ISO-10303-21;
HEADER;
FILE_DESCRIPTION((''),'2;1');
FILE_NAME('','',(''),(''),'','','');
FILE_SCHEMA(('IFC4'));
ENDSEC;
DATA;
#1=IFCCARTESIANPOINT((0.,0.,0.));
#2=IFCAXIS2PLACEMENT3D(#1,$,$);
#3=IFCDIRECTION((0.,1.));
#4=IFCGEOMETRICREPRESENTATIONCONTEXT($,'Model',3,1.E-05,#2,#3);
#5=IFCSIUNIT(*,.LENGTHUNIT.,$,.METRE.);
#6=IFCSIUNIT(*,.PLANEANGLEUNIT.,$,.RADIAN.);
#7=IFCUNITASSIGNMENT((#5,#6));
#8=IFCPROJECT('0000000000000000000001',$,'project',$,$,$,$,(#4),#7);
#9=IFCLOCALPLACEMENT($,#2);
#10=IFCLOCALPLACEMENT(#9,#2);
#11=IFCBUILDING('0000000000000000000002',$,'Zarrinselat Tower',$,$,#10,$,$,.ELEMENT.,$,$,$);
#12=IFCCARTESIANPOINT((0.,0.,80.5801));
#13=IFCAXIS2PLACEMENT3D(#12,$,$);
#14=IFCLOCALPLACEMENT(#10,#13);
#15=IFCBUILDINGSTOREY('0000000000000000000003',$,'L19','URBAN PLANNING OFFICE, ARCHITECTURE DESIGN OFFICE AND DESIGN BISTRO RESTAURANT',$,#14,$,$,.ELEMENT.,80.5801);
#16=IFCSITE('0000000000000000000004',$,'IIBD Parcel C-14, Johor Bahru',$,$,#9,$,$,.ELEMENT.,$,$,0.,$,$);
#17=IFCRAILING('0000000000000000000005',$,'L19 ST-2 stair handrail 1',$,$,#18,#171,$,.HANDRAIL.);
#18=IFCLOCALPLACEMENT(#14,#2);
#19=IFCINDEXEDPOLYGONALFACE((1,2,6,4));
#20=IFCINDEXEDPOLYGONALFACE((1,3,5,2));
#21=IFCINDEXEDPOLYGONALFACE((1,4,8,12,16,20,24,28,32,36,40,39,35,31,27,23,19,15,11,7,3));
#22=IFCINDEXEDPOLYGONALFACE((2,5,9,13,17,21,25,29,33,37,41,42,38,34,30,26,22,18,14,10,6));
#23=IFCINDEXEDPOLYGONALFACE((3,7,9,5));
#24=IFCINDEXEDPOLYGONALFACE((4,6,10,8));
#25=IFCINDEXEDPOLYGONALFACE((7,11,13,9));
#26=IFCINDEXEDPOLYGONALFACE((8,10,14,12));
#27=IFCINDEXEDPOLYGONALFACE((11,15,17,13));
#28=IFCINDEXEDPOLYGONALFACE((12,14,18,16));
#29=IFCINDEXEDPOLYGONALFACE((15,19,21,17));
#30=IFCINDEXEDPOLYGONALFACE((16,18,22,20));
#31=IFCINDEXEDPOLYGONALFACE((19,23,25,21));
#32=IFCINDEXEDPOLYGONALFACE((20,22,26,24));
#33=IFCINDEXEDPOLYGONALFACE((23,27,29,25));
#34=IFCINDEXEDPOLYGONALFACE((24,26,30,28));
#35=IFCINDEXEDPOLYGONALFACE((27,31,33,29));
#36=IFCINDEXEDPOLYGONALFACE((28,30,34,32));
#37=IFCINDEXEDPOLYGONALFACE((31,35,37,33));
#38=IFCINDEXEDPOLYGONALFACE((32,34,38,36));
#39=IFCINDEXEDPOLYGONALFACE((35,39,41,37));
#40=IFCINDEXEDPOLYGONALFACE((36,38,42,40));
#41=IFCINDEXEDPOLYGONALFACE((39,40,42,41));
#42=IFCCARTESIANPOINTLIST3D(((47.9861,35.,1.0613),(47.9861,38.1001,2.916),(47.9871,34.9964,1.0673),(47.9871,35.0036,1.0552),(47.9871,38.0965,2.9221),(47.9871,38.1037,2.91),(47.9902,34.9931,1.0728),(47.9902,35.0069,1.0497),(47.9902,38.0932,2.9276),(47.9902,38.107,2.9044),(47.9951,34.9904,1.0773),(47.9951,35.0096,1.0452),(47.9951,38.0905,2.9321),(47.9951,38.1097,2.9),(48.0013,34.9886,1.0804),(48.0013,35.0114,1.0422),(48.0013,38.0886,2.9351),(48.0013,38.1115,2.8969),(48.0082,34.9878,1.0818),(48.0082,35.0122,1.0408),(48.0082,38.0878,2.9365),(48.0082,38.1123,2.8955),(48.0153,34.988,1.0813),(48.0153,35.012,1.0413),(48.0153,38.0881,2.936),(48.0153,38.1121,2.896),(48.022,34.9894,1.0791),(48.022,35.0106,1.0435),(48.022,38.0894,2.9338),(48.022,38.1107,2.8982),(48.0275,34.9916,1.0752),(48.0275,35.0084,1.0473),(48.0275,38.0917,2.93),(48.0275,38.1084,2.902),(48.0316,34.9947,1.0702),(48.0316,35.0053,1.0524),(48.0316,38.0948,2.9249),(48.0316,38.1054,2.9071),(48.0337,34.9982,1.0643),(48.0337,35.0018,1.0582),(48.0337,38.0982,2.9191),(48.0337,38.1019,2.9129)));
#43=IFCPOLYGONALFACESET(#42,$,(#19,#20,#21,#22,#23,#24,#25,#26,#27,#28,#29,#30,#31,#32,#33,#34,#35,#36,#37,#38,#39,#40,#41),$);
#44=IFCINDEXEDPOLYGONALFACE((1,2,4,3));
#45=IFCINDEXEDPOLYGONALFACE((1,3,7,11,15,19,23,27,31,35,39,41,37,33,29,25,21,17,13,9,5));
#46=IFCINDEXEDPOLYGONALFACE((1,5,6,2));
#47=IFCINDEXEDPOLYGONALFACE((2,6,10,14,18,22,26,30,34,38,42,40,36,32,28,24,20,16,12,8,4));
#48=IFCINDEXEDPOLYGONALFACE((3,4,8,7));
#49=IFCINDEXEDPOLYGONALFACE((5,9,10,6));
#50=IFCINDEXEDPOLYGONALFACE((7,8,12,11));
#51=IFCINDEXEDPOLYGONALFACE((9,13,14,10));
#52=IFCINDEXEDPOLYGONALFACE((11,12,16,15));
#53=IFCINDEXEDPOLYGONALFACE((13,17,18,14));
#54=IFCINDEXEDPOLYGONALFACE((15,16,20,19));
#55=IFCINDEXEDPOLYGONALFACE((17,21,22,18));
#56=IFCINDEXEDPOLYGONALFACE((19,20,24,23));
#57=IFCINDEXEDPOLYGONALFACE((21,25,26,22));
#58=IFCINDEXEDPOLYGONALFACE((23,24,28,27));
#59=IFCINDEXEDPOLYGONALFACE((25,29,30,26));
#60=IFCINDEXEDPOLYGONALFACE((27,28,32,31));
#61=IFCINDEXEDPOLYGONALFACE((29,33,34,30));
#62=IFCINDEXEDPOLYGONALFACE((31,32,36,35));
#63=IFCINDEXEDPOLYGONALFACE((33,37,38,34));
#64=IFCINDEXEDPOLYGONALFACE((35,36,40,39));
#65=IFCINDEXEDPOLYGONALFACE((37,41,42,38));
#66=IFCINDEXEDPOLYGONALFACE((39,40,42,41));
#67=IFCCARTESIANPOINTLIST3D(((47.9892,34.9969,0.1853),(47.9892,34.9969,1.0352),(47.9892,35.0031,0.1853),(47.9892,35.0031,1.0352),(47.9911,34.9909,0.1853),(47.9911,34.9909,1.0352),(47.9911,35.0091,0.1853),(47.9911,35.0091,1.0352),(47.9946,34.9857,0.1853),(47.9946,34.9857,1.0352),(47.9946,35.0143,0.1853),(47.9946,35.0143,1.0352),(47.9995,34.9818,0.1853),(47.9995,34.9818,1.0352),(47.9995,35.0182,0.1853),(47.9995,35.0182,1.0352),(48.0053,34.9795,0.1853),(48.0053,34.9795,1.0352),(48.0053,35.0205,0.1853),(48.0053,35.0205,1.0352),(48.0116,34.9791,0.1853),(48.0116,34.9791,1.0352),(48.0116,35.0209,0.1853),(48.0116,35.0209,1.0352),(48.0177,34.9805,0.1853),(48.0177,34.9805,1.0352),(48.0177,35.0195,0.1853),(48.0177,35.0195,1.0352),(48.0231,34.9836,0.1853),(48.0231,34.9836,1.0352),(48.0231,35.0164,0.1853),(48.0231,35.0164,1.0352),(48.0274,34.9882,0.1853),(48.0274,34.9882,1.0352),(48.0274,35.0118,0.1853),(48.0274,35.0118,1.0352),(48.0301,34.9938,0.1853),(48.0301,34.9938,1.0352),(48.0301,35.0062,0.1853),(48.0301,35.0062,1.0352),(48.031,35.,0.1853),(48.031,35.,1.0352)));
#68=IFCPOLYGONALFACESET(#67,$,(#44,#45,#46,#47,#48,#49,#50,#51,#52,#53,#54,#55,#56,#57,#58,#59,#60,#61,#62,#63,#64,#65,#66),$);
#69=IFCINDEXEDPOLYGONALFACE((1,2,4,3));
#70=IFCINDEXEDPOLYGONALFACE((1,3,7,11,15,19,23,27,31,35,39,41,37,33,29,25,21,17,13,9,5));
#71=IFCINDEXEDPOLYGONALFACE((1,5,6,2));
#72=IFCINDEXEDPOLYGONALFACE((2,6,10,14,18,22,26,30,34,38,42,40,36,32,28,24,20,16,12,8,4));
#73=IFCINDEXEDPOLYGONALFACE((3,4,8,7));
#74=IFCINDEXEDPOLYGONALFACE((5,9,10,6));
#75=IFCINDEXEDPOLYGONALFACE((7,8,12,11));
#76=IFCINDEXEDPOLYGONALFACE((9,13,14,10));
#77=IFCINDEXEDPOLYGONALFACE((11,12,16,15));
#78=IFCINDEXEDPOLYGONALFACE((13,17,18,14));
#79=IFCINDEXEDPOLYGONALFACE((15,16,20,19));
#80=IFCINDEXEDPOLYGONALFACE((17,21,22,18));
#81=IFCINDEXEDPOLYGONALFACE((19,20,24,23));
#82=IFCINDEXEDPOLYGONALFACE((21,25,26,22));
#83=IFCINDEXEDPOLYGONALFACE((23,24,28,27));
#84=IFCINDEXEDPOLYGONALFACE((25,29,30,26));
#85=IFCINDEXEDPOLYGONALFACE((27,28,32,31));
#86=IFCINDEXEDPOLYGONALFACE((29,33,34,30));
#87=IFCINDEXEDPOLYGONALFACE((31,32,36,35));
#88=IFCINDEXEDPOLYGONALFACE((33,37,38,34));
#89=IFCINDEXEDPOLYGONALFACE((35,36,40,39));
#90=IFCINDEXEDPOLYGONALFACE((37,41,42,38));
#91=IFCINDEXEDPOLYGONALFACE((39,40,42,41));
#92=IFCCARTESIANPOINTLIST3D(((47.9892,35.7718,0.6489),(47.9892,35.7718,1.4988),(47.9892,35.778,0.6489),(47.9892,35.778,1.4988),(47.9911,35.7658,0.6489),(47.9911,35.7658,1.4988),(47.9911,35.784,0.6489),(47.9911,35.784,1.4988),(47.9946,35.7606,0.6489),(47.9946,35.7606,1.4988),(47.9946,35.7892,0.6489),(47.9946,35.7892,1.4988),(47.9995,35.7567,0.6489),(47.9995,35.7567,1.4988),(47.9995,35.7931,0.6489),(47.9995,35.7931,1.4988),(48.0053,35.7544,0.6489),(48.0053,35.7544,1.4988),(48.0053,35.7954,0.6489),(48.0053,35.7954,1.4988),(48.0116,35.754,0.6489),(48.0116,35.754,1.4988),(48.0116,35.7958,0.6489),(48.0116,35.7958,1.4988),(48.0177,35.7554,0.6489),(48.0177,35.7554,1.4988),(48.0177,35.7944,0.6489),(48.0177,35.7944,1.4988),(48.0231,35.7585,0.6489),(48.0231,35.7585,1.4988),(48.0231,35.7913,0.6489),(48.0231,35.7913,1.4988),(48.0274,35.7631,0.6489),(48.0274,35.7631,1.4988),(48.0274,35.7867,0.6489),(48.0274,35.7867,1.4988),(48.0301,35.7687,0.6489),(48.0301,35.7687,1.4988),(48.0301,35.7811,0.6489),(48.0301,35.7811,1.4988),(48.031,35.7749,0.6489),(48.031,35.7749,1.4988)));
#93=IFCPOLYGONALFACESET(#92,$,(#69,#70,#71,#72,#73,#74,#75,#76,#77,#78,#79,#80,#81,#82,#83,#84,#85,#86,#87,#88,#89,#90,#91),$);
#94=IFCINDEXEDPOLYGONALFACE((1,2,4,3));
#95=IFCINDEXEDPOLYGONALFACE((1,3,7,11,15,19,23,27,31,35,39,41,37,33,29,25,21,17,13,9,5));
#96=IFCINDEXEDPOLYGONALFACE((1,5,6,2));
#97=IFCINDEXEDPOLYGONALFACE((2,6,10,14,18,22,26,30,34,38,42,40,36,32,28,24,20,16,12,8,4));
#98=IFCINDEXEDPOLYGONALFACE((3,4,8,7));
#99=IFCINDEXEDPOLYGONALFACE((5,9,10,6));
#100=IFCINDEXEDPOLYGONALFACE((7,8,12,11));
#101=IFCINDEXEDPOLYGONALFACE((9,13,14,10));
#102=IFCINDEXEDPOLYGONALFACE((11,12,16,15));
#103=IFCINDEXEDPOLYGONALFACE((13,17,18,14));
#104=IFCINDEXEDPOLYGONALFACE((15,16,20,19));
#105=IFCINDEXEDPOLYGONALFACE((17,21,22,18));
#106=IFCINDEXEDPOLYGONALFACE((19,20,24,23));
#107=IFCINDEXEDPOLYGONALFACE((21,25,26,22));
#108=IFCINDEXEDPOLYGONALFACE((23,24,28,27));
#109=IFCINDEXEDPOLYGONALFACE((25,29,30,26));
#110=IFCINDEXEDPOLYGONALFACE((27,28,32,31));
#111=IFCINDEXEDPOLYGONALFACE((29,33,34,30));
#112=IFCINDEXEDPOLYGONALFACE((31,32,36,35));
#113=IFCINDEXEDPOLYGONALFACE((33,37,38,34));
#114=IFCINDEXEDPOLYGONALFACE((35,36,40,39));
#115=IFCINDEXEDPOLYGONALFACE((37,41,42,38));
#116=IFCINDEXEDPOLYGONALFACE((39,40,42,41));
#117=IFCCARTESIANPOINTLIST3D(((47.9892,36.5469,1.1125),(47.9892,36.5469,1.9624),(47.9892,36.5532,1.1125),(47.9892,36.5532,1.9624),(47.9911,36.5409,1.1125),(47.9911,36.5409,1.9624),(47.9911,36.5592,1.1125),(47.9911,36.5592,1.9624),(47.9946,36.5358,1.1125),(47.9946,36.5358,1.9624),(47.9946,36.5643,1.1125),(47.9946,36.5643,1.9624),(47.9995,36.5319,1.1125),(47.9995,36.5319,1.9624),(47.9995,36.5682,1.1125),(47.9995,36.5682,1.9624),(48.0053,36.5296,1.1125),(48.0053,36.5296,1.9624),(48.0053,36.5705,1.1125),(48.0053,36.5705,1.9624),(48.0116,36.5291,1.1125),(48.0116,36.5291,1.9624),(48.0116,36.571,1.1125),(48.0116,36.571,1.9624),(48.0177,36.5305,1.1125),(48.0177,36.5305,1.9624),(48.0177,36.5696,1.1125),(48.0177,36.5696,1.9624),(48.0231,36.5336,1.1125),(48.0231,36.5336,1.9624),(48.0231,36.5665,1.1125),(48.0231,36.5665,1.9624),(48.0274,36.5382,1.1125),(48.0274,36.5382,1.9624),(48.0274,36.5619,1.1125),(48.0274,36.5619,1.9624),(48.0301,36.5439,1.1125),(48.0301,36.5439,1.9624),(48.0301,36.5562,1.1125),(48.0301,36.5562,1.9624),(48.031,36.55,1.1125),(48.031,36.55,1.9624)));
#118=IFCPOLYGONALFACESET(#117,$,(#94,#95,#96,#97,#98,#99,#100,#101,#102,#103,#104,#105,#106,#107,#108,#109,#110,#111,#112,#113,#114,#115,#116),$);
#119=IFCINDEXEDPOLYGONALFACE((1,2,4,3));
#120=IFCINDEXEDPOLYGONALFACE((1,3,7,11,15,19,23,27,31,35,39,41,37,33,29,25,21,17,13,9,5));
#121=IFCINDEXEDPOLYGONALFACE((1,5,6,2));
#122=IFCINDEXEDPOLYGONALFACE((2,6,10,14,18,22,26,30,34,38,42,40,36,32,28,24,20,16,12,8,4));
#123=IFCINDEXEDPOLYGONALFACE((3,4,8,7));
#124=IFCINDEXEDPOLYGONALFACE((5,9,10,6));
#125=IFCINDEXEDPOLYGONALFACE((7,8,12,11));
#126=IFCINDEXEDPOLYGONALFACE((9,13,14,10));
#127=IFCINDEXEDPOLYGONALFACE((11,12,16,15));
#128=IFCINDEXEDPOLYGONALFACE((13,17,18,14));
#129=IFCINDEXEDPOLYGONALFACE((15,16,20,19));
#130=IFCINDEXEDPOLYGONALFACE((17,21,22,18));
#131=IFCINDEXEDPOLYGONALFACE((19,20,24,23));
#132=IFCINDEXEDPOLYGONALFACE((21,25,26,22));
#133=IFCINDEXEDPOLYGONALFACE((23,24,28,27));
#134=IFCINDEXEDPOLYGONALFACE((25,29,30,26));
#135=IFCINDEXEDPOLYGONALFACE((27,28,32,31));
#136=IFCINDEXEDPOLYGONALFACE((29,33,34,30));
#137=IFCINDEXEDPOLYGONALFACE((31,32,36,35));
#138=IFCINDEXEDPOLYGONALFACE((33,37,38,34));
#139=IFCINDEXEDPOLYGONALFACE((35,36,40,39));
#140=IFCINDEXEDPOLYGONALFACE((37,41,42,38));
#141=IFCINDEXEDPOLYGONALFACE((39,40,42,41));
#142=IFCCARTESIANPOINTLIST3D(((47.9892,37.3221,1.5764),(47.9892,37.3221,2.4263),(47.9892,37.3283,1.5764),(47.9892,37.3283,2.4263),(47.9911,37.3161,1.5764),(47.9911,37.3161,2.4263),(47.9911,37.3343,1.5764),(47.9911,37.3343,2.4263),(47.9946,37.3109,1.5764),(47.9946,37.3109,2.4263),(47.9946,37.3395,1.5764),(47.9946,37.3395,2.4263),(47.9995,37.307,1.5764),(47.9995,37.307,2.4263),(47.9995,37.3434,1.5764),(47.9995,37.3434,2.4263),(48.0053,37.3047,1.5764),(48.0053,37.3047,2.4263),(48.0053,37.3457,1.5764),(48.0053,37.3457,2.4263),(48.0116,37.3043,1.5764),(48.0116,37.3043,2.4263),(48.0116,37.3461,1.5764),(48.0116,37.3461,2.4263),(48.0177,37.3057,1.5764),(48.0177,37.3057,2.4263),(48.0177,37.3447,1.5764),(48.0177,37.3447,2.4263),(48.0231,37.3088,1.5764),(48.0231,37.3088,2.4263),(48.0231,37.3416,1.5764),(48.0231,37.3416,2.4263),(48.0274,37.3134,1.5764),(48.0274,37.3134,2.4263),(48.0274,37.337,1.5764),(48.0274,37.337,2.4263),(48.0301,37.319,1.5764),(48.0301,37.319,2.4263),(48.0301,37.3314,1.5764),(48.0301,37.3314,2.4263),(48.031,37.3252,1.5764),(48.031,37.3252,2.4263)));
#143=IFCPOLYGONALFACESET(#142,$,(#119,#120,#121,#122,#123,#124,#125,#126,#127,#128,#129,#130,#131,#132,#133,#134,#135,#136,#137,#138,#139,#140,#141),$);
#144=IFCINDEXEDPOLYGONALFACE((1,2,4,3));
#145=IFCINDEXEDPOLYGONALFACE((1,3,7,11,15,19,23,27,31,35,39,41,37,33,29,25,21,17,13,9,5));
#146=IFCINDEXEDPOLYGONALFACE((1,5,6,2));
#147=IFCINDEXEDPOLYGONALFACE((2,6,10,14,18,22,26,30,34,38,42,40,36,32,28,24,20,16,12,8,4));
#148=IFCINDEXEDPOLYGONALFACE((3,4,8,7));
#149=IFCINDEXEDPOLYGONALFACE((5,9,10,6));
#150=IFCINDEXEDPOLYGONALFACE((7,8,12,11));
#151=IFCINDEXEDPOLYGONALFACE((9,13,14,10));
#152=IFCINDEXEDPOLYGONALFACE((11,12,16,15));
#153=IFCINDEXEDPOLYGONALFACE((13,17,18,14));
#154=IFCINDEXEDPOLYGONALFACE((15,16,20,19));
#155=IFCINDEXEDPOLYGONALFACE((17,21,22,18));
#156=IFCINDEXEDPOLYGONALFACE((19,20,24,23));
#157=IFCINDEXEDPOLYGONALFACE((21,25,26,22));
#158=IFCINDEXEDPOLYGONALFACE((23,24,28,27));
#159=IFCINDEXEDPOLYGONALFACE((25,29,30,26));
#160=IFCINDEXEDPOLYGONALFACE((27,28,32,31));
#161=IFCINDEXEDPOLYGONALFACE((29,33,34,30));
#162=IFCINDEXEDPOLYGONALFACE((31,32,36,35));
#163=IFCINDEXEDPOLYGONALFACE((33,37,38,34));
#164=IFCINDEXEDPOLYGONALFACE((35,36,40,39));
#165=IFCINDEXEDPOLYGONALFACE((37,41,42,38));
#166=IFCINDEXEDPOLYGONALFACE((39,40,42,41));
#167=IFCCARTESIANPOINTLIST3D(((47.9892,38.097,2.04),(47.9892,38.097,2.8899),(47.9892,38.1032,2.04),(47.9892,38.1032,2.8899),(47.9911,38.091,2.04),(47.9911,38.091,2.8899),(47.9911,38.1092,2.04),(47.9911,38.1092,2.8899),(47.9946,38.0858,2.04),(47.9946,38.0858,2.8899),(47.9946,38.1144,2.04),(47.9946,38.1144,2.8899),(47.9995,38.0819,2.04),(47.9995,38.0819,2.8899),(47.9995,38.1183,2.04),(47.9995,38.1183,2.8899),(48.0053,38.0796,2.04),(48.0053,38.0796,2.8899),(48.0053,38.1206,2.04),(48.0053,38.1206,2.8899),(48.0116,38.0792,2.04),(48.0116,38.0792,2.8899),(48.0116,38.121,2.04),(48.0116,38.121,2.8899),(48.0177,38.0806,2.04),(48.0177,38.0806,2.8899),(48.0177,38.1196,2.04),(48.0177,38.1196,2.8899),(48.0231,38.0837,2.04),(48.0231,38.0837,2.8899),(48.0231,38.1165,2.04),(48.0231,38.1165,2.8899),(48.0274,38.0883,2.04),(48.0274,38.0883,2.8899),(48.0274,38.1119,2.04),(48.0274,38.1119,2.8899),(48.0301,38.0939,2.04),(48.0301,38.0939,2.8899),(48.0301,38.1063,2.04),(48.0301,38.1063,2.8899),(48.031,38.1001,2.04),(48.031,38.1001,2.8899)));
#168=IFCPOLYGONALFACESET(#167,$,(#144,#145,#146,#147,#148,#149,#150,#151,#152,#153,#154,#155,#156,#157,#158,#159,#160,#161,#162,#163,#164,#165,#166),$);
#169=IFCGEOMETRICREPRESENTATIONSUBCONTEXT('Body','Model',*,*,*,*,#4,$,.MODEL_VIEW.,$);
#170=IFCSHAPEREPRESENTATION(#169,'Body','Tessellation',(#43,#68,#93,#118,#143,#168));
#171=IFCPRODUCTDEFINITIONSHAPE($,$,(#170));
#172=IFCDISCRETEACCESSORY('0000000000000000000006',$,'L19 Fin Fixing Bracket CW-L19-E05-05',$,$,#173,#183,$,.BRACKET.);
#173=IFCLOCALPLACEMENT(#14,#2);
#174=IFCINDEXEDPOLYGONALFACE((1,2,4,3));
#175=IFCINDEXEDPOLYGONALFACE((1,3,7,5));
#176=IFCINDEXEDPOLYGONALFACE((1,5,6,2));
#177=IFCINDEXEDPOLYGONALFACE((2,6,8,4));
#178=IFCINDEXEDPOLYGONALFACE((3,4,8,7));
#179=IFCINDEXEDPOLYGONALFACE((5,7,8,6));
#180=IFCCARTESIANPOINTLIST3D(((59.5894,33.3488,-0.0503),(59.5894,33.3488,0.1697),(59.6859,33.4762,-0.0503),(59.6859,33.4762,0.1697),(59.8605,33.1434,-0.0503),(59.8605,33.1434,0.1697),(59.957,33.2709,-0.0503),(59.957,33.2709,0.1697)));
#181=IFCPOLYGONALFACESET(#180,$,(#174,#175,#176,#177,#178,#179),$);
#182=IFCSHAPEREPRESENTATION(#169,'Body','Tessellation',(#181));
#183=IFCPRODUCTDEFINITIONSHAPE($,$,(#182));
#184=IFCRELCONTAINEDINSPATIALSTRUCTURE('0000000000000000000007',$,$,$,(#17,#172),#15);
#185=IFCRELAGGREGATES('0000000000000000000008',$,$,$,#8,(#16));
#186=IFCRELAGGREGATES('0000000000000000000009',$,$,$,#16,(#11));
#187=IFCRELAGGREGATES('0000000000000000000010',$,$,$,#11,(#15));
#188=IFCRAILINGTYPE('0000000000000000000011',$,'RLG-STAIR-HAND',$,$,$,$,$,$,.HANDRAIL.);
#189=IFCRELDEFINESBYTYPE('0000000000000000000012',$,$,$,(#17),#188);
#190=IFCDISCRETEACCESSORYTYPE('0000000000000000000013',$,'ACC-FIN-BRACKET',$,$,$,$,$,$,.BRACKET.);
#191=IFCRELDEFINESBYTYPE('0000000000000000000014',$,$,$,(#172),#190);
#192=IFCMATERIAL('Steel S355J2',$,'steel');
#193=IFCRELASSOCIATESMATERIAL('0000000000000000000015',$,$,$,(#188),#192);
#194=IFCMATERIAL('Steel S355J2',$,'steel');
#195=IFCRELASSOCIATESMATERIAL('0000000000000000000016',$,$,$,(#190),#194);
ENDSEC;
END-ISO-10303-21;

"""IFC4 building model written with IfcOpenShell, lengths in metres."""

from ifc_helpers import new_model, si_unit, direction, frame, origin, origin_2d, place, context, subcontext, project, spatial, rectangle, circle, extrude, material, type_object, element, save


model = new_model("IFC4")

# Units and contexts
model_context = context("Model", 3, precision=1e-05, world=origin(), true_north=direction((0.0, 1.0)))
body_context = subcontext(model_context, "Body", "Model", "MODEL_VIEW")
ifc_project = project(units=[si_unit("LENGTHUNIT", "METRE"), si_unit("PLANEANGLEUNIT", "RADIAN")], contexts=[model_context])

# Site, building, storey
site_placement = place(None, origin())
site = spatial("IfcSite", under=ifc_project, at=site_placement, Name="IIBD Parcel C-14, Johor Bahru", CompositionType="ELEMENT", RefElevation=0.0)
building_placement = place(site_placement, origin())
building = spatial("IfcBuilding", under=site, at=building_placement, Name="Zarrinselat Tower", CompositionType="ELEMENT")
storey_placement = place(building_placement, frame((0.0, 0.0, 80.5801)))
storey = spatial("IfcBuildingStorey", under=building, at=storey_placement, Name="L19", Description="URBAN PLANNING OFFICE, ARCHITECTURE DESIGN OFFICE AND DESIGN BISTRO RESTAURANT", CompositionType="ELEMENT", Elevation=80.5801)

# Railing
ifc_material_1 = material(Name="Steel S355J2", Category="steel")
railing_type = type_object("IfcRailingType", Name="RLG-STAIR-HAND", PredefinedType="HANDRAIL", material=ifc_material_1)
railing_placement = place(storey_placement, frame((48.01, 35.0, 0.1853)))
element("IfcRailing", 1, at=railing_placement, inside=storey, type_object=railing_type, Name="L19 ST-2 stair handrail 1", PredefinedType="HANDRAIL", context=body_context, shape_type="SweptSolid", body=[
    extrude(circle(Radius=0.0239, at=origin_2d()), frame((0.0, 0.0, 0.876), z_axis=(0.0, 0.858142, 0.513412), x_axis=(-1.0, 0.0, 0.0)), (0.0, 0.0, 1.0), 3.6125),
    extrude(circle(Radius=0.021, at=origin_2d()), origin(), (0.0, 0.0, 1.0), 0.8499),
    extrude(circle(Radius=0.021, at=origin_2d()), frame((0.0, 0.7749, 0.4636)), (0.0, 0.0, 1.0), 0.8499),
    extrude(circle(Radius=0.021, at=origin_2d()), frame((0.0, 1.55, 0.9272)), (0.0, 0.0, 1.0), 0.8499),
    extrude(circle(Radius=0.021, at=origin_2d()), frame((0.0, 2.3252, 1.3911)), (0.0, 0.0, 1.0), 0.8499),
    extrude(circle(Radius=0.021, at=origin_2d()), frame((0.0, 3.1001, 1.8547)), (0.0, 0.0, 1.0), 0.8499),
])

# Discrete accessory
ifc_material_2 = material(Name="Steel S355J2", Category="steel")
discrete_accessory_type = type_object("IfcDiscreteAccessoryType", Name="ACC-FIN-BRACKET", PredefinedType="BRACKET", material=ifc_material_2)
discrete_accessory_placement = place(storey_placement, frame((59.7732, 33.3098, -0.0503), z_axis=(0.0, 0.0, 1.0), x_axis=(0.797094, -0.603855, 0.0)))
element("IfcDiscreteAccessory", 2, at=discrete_accessory_placement, inside=storey, type_object=discrete_accessory_type, Name="L19 Fin Fixing Bracket CW-L19-E05-05", PredefinedType="BRACKET", context=body_context, shape_type="SweptSolid", body=[
    extrude(rectangle(XDim=0.3401, YDim=0.1599, at=origin_2d()), origin(), (0.0, 0.0, 1.0), 0.22),
])

save(model, "model.ifc")
